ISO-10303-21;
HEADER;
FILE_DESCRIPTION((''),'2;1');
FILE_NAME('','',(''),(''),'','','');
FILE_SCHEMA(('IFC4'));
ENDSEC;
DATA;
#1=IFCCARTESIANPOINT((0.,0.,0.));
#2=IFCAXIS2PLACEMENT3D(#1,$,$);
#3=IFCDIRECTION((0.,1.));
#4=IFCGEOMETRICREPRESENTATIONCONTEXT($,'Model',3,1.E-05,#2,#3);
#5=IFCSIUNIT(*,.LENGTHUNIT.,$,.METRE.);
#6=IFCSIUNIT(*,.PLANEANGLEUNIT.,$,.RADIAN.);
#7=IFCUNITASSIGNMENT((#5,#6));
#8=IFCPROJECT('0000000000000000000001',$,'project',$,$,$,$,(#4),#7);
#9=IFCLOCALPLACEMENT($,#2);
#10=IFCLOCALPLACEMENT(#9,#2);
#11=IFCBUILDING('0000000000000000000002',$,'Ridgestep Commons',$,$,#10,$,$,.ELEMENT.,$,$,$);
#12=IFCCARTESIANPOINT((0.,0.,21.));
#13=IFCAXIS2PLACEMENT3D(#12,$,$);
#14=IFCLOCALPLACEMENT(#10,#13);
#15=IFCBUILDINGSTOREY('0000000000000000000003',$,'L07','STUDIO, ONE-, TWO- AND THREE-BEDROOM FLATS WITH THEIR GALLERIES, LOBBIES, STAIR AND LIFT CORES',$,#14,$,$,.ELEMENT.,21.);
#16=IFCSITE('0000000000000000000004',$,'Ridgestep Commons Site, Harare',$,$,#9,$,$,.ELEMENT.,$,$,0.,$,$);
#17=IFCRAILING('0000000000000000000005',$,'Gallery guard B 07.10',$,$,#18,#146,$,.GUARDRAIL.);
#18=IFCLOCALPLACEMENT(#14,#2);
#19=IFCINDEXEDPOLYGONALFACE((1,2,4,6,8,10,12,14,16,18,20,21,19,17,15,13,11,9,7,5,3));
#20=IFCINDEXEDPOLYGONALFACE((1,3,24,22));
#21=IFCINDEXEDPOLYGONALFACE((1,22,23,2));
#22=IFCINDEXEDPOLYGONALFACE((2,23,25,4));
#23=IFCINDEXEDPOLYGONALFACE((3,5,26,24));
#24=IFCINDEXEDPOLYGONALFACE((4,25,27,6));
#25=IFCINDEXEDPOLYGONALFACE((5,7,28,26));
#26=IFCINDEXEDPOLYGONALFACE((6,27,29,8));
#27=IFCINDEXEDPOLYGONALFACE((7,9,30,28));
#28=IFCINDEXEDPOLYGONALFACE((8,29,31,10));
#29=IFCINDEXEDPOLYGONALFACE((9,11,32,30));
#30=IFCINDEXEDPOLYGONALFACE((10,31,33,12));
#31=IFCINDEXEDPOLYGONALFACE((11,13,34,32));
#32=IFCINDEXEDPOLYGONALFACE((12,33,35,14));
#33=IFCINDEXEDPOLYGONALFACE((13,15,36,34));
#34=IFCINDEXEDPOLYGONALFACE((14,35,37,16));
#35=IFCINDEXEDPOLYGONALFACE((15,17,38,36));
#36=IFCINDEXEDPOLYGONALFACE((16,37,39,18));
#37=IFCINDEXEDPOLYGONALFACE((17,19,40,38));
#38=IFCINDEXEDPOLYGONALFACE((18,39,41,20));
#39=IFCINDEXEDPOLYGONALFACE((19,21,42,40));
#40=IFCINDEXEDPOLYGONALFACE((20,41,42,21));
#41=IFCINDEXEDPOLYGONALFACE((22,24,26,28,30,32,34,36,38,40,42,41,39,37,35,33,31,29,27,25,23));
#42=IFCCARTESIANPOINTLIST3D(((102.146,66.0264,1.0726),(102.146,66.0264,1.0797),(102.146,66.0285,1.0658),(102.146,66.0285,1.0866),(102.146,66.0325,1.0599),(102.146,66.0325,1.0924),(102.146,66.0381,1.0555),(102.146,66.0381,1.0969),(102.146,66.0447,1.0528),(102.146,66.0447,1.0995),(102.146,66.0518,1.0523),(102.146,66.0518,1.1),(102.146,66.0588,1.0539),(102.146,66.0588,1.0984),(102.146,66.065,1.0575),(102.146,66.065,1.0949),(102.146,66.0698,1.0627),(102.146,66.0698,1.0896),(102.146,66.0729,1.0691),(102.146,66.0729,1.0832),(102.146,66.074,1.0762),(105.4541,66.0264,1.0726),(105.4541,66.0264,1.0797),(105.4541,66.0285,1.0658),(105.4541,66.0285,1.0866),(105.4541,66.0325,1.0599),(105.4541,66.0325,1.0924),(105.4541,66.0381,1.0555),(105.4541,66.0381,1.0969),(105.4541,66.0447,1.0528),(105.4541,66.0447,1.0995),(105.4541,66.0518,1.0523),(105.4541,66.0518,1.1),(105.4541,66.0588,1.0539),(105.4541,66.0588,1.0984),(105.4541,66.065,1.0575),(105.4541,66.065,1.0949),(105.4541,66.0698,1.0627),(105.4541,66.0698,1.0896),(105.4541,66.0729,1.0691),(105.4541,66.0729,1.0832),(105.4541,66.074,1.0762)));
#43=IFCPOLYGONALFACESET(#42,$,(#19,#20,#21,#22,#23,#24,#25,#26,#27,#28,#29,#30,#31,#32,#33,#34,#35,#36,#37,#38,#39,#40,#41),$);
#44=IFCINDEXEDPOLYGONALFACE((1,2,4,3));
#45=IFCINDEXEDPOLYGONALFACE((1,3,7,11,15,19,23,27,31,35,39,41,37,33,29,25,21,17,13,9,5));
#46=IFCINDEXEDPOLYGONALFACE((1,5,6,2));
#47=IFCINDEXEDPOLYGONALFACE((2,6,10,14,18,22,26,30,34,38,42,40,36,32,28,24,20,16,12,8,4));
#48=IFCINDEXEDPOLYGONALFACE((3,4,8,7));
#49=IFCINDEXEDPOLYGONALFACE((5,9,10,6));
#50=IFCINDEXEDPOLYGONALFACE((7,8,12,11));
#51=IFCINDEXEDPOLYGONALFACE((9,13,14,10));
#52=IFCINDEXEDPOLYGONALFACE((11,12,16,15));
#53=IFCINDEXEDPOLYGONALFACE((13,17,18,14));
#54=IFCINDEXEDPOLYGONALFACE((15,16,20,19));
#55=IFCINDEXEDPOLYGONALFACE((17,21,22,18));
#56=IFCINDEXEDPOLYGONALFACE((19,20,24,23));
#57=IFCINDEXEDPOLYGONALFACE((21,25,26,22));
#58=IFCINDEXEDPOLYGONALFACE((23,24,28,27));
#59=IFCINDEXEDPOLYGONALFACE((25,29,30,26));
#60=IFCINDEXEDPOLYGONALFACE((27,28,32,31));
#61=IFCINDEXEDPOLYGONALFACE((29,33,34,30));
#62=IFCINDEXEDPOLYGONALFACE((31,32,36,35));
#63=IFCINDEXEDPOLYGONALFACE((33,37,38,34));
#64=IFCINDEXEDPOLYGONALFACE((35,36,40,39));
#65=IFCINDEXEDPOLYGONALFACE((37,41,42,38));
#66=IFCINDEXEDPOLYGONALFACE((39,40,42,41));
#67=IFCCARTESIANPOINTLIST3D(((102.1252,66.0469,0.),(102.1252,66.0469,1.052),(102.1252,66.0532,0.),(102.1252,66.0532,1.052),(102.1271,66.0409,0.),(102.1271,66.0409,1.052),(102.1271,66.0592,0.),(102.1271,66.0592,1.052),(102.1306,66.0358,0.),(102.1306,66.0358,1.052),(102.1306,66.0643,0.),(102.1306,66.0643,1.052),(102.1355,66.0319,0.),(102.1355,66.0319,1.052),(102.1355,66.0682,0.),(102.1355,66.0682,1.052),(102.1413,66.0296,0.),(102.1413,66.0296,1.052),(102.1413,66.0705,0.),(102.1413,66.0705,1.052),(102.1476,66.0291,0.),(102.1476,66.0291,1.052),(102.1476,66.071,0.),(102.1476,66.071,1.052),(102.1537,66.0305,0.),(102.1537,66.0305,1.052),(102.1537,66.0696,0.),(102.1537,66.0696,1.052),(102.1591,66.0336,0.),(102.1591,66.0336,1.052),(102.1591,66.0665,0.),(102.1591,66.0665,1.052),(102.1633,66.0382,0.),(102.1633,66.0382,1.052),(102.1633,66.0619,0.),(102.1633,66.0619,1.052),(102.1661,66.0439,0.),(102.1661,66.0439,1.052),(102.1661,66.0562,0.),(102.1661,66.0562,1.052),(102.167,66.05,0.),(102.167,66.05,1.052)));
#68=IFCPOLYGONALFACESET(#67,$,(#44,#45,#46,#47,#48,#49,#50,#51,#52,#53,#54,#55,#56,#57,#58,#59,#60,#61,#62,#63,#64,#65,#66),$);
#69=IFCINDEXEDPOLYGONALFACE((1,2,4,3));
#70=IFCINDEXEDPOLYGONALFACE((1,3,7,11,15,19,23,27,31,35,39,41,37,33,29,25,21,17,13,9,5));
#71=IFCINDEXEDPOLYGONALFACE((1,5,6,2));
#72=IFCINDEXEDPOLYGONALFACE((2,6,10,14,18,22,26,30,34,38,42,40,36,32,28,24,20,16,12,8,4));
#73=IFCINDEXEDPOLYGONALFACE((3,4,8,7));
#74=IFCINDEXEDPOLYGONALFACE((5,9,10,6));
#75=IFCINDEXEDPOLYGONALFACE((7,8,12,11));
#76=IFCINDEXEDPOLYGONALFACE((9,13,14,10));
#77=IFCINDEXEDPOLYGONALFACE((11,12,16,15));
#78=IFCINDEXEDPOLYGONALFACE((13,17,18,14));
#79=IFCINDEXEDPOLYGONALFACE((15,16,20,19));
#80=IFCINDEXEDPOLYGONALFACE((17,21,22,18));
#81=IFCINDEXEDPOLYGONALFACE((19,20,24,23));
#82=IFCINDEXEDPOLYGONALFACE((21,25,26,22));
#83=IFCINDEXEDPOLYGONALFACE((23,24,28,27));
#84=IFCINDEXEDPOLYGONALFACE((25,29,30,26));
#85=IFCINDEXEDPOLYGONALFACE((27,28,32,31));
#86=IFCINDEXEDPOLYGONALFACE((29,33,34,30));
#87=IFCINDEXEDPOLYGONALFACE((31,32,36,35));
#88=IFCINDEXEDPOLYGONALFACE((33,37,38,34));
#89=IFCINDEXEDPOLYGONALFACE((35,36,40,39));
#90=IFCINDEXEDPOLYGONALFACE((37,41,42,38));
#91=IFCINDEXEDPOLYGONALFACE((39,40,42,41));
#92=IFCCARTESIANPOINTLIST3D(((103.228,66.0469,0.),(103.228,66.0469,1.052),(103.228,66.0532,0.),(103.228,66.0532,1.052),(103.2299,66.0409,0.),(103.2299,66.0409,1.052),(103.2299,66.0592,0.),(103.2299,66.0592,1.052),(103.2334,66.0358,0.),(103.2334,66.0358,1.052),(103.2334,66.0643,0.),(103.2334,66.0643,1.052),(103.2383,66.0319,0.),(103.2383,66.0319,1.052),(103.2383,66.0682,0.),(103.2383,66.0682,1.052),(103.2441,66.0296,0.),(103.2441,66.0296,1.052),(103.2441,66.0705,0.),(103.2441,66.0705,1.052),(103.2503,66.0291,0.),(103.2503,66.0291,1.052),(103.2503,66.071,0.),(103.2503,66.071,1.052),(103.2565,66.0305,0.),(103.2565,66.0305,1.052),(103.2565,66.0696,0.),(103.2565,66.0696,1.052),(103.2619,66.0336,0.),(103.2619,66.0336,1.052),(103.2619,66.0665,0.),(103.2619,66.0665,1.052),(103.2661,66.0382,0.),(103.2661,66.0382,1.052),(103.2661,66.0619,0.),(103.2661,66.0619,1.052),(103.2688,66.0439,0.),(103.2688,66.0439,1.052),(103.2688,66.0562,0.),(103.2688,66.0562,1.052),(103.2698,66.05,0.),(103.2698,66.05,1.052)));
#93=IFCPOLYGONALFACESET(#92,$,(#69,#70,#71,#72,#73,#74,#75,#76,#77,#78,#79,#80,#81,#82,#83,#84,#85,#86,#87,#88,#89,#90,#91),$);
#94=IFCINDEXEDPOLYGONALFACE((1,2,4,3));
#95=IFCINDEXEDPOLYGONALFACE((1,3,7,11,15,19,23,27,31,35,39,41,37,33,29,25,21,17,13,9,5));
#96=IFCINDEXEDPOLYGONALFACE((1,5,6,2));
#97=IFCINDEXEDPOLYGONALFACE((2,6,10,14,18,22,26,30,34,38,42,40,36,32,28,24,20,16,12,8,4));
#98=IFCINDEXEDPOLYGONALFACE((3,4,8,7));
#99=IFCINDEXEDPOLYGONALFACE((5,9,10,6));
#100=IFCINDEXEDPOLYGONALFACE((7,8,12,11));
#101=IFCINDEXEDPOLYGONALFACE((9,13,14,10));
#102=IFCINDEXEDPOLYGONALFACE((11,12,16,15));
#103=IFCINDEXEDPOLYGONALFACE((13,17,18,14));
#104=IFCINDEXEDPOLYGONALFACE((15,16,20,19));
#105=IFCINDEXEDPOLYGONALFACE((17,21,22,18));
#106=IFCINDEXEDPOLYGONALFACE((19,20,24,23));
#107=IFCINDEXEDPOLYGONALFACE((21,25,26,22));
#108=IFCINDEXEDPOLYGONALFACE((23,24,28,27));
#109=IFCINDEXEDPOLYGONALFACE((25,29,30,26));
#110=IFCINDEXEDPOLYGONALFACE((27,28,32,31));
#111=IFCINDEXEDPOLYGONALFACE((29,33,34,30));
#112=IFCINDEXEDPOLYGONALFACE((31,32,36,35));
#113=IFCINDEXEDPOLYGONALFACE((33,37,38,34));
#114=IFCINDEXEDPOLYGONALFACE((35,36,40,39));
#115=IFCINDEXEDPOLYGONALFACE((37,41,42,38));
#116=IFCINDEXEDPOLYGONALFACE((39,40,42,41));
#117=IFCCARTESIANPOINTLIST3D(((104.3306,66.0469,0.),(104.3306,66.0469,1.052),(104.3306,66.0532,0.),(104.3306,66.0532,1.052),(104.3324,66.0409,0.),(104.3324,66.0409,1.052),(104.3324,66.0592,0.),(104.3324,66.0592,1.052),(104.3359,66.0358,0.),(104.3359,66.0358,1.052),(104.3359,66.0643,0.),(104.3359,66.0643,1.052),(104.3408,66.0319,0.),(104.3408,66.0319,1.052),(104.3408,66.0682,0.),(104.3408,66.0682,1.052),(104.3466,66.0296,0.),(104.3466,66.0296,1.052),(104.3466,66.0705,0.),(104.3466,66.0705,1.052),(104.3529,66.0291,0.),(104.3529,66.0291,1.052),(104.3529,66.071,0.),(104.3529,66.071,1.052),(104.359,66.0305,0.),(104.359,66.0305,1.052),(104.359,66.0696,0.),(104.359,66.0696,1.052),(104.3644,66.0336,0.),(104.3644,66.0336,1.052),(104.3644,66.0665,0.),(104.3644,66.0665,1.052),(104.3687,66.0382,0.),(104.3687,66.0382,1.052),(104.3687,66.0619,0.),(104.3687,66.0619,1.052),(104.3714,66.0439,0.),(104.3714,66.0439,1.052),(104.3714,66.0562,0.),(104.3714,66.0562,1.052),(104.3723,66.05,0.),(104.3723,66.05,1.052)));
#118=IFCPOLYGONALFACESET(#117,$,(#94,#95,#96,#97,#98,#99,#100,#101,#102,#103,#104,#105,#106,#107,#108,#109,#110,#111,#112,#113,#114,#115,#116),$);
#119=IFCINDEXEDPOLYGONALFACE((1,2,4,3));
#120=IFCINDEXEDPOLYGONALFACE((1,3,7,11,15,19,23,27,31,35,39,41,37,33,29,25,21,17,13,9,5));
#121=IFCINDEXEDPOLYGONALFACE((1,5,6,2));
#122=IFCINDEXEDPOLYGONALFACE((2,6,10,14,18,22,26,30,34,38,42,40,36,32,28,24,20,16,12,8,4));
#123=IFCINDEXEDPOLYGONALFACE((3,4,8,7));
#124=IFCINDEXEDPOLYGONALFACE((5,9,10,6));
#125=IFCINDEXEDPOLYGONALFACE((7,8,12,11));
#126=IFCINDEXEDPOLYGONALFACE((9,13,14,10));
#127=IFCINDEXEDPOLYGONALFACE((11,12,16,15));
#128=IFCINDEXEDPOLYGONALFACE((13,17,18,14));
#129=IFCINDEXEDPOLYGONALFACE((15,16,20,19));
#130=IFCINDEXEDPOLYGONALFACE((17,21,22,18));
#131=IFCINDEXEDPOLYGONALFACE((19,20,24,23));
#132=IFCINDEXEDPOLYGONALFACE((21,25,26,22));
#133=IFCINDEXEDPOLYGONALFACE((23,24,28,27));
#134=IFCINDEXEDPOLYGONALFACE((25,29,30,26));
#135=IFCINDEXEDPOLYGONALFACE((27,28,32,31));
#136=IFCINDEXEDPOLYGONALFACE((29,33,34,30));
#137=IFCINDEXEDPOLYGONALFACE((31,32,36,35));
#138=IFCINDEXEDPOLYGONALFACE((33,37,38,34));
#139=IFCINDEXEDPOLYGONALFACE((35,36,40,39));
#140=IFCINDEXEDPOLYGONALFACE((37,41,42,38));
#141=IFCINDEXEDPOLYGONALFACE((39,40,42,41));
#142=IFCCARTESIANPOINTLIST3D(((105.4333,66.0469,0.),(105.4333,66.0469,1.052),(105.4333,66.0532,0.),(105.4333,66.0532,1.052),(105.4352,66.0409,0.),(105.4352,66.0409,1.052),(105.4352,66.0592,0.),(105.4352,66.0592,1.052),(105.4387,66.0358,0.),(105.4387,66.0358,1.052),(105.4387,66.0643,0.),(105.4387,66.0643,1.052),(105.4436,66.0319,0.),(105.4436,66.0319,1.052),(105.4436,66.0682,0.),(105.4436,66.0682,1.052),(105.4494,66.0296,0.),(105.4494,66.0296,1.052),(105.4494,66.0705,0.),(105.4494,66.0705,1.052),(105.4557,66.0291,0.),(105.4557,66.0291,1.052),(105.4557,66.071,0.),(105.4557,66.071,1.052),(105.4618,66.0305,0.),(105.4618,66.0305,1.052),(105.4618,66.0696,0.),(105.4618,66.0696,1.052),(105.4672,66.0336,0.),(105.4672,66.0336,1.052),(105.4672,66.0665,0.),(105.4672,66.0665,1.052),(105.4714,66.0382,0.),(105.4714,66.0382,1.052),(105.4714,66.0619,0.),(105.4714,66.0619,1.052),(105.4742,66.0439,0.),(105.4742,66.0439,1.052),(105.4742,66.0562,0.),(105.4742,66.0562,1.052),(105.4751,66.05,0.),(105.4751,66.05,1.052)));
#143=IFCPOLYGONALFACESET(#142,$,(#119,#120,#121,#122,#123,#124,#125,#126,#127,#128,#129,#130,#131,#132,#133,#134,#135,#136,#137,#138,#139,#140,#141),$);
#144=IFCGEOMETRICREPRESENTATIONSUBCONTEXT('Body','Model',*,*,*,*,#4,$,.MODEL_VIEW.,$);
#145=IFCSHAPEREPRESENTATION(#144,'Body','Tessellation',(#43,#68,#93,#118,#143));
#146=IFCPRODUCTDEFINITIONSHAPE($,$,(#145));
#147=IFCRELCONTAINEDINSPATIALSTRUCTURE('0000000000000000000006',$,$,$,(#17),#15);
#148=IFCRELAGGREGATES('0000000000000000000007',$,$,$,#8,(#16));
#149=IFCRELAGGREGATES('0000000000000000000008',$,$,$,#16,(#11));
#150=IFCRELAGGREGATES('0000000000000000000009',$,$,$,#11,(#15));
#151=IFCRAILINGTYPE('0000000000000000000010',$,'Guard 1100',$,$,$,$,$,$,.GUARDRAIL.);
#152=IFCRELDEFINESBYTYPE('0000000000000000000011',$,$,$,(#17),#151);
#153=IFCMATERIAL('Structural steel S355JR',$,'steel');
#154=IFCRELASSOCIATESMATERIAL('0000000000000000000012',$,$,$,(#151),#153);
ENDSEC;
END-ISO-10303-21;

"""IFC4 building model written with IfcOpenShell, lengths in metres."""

from ifc_helpers import new_model, si_unit, direction, frame, origin, origin_2d, place, context, subcontext, project, spatial, circle, extrude, material, type_object, element, save


model = new_model("IFC4")

# Units and contexts
model_context = context("Model", 3, precision=1e-05, world=origin(), true_north=direction((0.0, 1.0)))
body_context = subcontext(model_context, "Body", "Model", "MODEL_VIEW")
ifc_project = project(units=[si_unit("LENGTHUNIT", "METRE"), si_unit("PLANEANGLEUNIT", "RADIAN")], contexts=[model_context])

# Site, building, storey
site_placement = place(None, origin())
site = spatial("IfcSite", under=ifc_project, at=site_placement, Name="Ridgestep Commons Site, Harare", CompositionType="ELEMENT", RefElevation=0.0)
building_placement = place(site_placement, origin())
building = spatial("IfcBuilding", under=site, at=building_placement, Name="Ridgestep Commons", CompositionType="ELEMENT")
storey_placement = place(building_placement, frame((0.0, 0.0, 21.0)))
storey = spatial("IfcBuildingStorey", under=building, at=storey_placement, Name="L07", Description="STUDIO, ONE-, TWO- AND THREE-BEDROOM FLATS WITH THEIR GALLERIES, LOBBIES, STAIR AND LIFT CORES", CompositionType="ELEMENT", Elevation=21.0)

# Railing
ifc_material_1 = material(Name="Structural steel S355JR", Category="steel")
railing_type = type_object("IfcRailingType", Name="Guard 1100", PredefinedType="GUARDRAIL", material=ifc_material_1)
railing_1_placement = place(storey_placement, frame((102.146, 66.05, 0.0)))
element("IfcRailing", 1, at=railing_1_placement, inside=storey, type_object=railing_type, Name="Gallery guard B 07.10", PredefinedType="GUARDRAIL", context=body_context, shape_type="SweptSolid", body=[
    extrude(circle(Radius=0.0239, at=origin_2d()), frame((0.0, 0.0, 1.0762), z_axis=(1.0, 0.0, 0.0), x_axis=(0.0, 1.0, 0.0)), (0.0, 0.0, 1.0), 3.3081),
    extrude(circle(Radius=0.021, at=origin_2d()), origin(), (0.0, 0.0, 1.0), 1.052),
    extrude(circle(Radius=0.021, at=origin_2d()), frame((1.1028, 0.0, 0.0)), (0.0, 0.0, 1.0), 1.052),
    extrude(circle(Radius=0.021, at=origin_2d()), frame((2.2053, 0.0, 0.0)), (0.0, 0.0, 1.0), 1.052),
    extrude(circle(Radius=0.021, at=origin_2d()), frame((3.3081, 0.0, 0.0)), (0.0, 0.0, 1.0), 1.052),
])

save(model, "model.ifc")
